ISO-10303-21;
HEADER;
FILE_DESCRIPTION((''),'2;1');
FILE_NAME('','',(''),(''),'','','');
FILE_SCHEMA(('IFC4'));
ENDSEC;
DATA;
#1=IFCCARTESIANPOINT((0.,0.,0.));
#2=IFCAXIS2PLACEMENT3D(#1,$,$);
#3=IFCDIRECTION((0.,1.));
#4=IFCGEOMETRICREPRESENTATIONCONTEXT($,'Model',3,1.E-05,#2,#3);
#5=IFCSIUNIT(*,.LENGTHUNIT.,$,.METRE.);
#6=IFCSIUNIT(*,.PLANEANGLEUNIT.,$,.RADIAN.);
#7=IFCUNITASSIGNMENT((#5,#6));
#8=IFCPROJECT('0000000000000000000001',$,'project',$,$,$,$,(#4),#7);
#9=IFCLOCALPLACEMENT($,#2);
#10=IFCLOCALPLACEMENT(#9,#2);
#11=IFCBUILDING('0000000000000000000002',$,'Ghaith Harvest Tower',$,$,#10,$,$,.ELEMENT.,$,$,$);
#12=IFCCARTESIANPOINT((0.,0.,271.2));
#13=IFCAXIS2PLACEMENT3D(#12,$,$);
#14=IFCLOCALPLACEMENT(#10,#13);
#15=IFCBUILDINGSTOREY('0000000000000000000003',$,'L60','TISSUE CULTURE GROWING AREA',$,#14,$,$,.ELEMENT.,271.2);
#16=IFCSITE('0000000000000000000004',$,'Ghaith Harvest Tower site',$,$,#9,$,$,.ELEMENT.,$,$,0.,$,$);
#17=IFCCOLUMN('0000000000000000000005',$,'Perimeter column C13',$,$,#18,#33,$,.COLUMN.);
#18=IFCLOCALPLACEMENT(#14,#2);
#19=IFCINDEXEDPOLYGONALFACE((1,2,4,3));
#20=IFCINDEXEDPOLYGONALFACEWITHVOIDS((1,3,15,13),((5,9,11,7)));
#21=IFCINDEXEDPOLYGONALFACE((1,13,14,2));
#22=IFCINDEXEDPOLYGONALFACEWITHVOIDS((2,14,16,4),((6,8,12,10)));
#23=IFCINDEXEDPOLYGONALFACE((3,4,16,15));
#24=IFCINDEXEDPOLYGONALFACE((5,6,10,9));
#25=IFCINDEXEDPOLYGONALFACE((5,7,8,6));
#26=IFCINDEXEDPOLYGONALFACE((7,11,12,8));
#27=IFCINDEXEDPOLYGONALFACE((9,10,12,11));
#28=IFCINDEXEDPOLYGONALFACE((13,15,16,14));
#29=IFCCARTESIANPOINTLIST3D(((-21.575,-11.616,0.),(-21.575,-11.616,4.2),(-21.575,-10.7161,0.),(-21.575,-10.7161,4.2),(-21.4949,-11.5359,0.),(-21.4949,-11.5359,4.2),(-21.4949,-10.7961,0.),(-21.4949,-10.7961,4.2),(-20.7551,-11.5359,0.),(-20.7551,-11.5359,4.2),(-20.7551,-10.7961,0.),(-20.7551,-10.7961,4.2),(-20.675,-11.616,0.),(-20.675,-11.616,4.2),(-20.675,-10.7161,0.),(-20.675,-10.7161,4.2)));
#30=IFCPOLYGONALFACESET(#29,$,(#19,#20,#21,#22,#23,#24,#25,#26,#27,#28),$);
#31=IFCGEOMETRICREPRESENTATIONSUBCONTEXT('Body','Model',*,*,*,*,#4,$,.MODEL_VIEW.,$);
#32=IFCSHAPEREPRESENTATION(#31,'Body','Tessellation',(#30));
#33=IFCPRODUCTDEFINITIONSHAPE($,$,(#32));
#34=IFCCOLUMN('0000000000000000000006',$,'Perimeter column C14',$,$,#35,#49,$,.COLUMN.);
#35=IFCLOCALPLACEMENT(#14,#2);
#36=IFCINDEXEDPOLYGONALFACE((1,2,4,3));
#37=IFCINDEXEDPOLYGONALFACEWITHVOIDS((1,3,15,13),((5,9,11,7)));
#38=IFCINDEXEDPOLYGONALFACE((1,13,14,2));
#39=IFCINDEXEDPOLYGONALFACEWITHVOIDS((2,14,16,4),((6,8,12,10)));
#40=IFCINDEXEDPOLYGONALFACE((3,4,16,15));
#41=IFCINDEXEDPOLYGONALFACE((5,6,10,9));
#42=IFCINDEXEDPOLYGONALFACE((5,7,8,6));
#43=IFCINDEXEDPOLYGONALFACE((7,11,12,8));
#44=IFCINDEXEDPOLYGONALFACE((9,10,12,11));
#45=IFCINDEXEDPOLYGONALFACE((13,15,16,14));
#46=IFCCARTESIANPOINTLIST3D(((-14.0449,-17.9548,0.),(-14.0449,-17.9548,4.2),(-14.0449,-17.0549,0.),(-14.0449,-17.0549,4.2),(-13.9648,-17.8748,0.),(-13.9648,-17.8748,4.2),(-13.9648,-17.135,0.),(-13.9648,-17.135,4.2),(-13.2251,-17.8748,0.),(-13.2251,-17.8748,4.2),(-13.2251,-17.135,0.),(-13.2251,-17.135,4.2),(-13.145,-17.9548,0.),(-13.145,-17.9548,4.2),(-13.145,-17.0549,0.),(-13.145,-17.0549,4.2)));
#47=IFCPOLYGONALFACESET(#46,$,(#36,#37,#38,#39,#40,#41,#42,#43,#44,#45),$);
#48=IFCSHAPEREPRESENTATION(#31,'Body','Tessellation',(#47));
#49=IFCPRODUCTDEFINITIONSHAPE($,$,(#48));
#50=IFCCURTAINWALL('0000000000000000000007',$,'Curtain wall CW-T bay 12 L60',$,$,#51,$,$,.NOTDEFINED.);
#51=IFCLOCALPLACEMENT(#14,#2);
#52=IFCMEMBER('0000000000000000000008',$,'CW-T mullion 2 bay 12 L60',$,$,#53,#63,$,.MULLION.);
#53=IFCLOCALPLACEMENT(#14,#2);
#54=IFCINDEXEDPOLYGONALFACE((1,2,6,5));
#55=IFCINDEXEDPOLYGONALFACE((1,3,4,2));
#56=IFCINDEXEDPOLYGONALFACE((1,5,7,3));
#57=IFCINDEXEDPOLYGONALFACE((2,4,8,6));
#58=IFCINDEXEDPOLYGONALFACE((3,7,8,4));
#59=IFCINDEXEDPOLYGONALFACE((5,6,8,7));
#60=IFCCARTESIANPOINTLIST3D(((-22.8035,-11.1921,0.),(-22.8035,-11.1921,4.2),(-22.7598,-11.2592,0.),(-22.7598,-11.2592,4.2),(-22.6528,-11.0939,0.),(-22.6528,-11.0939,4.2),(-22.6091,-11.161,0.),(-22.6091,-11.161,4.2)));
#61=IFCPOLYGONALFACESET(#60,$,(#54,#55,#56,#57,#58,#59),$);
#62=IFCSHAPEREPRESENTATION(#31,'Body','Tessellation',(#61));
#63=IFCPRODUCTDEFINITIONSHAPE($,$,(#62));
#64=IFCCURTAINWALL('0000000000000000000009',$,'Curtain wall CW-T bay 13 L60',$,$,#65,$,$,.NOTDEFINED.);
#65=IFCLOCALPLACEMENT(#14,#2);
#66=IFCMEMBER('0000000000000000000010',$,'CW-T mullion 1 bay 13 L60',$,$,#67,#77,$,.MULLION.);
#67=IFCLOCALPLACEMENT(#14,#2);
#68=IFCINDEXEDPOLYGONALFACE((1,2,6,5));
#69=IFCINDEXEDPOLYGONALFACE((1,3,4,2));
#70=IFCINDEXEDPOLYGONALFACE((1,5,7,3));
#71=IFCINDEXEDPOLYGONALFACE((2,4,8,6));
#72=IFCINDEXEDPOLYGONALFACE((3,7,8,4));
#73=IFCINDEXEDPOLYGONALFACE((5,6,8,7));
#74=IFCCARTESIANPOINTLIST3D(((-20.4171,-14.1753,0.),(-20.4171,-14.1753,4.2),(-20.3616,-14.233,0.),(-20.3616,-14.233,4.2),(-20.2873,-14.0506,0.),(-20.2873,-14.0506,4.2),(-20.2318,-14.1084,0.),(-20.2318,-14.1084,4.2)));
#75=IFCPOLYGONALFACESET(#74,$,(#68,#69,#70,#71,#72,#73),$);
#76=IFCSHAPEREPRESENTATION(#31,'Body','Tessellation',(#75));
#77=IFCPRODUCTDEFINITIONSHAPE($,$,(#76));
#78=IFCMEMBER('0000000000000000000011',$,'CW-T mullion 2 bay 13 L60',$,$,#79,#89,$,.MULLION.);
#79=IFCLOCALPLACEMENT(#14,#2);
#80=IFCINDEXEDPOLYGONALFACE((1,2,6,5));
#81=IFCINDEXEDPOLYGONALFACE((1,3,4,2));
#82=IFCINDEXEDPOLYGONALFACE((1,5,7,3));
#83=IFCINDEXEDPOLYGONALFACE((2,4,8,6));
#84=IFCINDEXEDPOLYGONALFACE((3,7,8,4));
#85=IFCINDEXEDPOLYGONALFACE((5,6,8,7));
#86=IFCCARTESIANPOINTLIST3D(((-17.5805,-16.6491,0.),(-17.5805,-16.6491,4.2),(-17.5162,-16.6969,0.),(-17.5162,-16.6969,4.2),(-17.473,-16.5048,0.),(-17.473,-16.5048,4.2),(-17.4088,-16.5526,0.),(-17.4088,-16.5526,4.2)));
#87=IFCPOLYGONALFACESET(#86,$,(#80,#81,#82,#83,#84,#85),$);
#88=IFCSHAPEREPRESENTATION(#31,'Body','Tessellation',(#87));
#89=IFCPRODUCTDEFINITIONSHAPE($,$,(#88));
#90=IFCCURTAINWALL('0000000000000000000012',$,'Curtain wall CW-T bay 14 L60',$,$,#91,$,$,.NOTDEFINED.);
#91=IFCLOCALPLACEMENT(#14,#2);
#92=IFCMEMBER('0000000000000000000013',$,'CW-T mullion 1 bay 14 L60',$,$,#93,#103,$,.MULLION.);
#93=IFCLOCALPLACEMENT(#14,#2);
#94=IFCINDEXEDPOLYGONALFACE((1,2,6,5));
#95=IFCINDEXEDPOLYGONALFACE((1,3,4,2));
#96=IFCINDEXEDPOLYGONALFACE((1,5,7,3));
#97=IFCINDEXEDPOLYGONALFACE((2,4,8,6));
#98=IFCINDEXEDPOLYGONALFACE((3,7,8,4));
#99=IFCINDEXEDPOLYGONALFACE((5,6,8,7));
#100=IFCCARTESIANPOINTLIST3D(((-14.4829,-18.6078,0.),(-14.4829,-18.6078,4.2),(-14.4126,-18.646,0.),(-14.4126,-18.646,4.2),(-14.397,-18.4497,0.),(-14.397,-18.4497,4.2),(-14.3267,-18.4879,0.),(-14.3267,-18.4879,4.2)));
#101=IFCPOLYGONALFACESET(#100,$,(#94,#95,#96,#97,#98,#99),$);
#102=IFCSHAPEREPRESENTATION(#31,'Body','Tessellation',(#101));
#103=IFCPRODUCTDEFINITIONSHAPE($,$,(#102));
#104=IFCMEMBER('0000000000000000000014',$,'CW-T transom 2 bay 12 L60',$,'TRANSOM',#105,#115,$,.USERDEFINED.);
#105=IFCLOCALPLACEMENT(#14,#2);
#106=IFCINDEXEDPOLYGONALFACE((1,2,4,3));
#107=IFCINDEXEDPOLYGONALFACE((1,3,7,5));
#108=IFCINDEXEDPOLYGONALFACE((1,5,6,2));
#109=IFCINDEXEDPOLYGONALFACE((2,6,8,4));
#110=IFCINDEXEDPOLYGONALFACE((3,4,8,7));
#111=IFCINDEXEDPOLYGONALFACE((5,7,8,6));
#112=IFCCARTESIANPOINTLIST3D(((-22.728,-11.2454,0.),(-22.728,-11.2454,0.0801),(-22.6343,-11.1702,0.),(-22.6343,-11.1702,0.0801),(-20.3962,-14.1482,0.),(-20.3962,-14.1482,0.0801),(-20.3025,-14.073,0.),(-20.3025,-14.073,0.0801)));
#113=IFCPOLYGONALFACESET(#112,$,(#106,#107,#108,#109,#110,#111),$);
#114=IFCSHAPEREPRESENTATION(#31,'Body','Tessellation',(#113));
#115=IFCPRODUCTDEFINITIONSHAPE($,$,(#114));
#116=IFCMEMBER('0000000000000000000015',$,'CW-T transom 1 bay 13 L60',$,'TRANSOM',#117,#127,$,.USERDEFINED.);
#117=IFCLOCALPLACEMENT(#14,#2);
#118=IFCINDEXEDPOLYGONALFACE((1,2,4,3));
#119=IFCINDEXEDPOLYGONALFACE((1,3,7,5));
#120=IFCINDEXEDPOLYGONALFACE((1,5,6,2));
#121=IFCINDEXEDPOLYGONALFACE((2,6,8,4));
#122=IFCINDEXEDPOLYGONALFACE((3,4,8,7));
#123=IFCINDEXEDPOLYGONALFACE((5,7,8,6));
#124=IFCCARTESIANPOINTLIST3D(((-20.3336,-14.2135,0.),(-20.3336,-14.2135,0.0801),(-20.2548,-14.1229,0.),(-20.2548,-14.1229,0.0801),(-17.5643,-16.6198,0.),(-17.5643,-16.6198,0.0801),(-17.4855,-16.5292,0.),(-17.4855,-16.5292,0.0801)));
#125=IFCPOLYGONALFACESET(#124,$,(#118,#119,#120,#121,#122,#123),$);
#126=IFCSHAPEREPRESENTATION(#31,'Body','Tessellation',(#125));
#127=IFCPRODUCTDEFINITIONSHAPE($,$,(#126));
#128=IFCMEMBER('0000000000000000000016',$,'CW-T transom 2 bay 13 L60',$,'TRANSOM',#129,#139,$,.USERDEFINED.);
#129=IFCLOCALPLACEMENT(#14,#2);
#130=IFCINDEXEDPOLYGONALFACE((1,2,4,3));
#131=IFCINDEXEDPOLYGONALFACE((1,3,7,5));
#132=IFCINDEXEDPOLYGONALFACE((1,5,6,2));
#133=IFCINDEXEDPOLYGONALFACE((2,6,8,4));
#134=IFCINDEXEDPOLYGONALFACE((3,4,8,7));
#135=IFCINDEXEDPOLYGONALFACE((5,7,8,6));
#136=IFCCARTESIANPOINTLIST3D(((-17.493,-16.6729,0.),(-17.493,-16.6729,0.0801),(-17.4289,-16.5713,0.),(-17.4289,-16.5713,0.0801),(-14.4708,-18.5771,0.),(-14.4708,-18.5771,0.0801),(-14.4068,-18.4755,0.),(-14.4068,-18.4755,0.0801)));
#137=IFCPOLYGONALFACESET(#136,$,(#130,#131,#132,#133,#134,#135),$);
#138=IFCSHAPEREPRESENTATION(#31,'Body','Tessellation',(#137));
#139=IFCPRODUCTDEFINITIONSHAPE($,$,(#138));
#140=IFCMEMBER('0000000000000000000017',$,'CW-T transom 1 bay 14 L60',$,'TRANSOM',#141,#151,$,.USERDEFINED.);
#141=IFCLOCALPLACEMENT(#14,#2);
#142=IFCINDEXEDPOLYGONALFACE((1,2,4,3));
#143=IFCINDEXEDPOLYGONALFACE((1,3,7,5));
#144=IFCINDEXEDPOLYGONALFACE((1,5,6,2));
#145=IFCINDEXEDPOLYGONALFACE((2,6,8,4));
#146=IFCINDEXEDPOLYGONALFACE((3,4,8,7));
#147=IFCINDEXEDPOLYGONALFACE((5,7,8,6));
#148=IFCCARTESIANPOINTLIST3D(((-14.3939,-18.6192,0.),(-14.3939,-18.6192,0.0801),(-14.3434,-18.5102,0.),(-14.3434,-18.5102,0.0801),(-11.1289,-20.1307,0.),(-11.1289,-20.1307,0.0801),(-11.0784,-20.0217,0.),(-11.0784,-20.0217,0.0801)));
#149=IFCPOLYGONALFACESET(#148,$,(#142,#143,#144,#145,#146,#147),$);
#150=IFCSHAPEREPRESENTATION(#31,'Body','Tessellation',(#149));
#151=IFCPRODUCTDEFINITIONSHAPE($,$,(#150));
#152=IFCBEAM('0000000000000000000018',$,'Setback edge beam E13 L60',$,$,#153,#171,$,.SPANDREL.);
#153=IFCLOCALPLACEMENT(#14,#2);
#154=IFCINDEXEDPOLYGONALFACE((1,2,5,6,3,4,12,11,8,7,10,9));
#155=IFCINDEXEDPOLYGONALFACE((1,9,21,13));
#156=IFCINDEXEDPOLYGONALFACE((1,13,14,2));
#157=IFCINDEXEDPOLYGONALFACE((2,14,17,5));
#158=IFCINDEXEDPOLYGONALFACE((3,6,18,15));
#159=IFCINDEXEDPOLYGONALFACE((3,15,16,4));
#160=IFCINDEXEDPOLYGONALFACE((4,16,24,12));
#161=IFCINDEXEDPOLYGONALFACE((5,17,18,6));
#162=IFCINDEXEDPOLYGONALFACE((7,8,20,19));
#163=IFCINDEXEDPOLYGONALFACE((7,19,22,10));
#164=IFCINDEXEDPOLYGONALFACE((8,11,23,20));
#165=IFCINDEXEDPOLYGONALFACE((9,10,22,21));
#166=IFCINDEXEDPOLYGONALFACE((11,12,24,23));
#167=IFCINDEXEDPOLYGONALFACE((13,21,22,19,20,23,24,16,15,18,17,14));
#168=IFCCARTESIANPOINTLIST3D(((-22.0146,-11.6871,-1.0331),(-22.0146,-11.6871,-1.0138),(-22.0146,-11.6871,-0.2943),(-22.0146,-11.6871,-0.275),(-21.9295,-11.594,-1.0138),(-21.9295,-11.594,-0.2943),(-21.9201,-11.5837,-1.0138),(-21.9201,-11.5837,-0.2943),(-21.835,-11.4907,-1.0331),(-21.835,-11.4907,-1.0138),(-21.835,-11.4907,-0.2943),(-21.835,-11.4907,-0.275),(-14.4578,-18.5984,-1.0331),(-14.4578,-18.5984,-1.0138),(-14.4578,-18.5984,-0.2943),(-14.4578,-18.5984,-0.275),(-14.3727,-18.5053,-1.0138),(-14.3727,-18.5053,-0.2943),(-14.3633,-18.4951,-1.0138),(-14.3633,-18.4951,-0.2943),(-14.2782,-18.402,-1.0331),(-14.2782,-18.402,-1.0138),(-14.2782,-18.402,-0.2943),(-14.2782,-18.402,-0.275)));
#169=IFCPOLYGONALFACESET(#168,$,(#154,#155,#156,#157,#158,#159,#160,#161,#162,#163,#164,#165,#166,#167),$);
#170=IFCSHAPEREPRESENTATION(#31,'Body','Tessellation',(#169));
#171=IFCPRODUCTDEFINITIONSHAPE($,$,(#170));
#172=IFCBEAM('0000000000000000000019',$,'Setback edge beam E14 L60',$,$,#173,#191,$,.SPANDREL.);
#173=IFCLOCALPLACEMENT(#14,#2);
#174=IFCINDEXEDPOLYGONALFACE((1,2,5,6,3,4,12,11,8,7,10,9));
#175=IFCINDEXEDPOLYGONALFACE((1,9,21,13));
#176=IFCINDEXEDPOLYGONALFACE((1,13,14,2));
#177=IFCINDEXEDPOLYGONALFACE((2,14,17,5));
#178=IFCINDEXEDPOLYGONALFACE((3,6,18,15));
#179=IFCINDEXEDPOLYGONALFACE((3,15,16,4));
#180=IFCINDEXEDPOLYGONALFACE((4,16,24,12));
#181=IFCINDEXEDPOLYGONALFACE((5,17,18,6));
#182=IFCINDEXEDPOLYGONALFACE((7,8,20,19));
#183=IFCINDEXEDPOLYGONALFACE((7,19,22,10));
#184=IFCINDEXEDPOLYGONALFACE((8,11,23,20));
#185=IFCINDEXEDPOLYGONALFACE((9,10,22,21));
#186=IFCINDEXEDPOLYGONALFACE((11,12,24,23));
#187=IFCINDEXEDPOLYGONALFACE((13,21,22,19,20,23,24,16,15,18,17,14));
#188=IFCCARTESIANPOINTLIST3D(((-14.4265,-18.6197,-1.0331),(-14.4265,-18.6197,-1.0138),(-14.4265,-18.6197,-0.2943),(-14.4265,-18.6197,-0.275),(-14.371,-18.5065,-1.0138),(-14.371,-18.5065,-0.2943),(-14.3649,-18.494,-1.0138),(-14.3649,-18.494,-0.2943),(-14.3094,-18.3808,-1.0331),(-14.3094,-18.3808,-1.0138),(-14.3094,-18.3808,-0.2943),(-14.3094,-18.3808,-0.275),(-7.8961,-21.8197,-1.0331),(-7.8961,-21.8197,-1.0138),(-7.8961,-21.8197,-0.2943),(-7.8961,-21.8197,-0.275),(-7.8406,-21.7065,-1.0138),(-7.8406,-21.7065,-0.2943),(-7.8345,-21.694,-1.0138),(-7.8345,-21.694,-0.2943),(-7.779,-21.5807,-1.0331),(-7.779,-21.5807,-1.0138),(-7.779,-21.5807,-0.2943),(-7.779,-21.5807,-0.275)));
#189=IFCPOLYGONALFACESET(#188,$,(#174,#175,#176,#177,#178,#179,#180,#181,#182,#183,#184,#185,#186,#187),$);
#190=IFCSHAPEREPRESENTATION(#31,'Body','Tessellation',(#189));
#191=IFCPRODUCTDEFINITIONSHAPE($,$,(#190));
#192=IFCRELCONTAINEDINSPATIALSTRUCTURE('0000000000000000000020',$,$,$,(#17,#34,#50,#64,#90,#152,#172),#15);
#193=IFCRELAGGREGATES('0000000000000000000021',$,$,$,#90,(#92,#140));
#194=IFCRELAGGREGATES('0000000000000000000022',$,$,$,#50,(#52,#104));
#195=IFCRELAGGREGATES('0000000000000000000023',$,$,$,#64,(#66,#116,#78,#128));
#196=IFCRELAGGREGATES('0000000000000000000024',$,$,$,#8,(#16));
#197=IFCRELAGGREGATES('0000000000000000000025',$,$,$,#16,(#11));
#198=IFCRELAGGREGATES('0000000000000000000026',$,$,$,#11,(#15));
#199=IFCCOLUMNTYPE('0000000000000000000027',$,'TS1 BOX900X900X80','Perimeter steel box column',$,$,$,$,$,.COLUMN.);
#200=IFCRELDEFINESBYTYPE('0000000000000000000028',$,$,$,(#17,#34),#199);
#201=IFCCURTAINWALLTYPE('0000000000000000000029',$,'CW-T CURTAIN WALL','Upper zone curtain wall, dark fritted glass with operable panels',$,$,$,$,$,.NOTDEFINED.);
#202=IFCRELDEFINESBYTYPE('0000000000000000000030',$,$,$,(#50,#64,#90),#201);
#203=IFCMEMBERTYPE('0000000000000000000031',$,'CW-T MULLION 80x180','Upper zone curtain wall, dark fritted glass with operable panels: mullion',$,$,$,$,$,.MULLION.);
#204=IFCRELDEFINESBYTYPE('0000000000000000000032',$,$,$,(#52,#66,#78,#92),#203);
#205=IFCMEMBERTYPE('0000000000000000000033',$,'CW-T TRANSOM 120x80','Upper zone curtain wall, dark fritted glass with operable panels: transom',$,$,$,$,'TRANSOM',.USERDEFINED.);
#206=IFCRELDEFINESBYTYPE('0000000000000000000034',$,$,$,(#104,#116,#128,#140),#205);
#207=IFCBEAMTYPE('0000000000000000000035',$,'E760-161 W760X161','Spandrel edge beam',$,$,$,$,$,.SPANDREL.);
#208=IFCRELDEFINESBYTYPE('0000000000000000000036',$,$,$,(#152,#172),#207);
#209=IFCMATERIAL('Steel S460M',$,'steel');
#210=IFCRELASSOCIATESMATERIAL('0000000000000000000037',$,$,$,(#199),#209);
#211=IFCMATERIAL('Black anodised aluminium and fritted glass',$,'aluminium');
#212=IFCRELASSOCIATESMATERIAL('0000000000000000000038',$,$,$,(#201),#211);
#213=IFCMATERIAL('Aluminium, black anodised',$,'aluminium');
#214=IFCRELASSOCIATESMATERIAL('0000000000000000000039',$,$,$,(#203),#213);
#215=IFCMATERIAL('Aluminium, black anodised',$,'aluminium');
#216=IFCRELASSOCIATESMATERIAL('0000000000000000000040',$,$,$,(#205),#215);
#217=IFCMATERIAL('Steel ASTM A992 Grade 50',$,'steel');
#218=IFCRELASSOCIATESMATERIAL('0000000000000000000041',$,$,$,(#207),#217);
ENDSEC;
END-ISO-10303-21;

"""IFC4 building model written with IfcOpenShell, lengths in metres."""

from ifc_helpers import new_model, si_unit, direction, frame, origin, origin_2d, place, context, subcontext, project, spatial, rectangle, hollow_rectangle, i_section, extrude, material, material_profile, profile_set, type_object, element, aggregate, save


model = new_model("IFC4")

# Units and contexts
model_context = context("Model", 3, precision=1e-05, world=origin(), true_north=direction((0.0, 1.0)))
body_context = subcontext(model_context, "Body", "Model", "MODEL_VIEW")
ifc_project = project(units=[si_unit("LENGTHUNIT", "METRE"), si_unit("PLANEANGLEUNIT", "RADIAN")], contexts=[model_context])

# Site, building, storey
site_placement = place(None, origin())
site = spatial("IfcSite", under=ifc_project, at=site_placement, Name="Ghaith Harvest Tower site", CompositionType="ELEMENT", RefElevation=0.0)
building_placement = place(site_placement, origin())
building = spatial("IfcBuilding", under=site, at=building_placement, Name="Ghaith Harvest Tower", CompositionType="ELEMENT")
storey_placement = place(building_placement, frame((0.0, 0.0, 271.2)))
storey = spatial("IfcBuildingStorey", under=building, at=storey_placement, Name="L60", Description="TISSUE CULTURE GROWING AREA", CompositionType="ELEMENT", Elevation=271.2)

# Columns
ifc_material_1 = material(Name="Steel S460M", Category="steel")
ifc_material_profile_1 = material_profile(ifc_material_1, hollow_rectangle(XDim=0.8999, YDim=0.8999, WallThickness=0.0801, at=origin_2d()), Name="BOX900X900X80")
ifc_profile_set_1 = profile_set([ifc_material_profile_1], Name="Steel S460M")
column_type = type_object("IfcColumnType", Name="TS1 BOX900X900X80", Description="Perimeter steel box column", PredefinedType="COLUMN", material=ifc_profile_set_1)
for number, where, z_axis, x_axis, name in (
    (1, (-21.125, -11.166, 0.0), (0.0, 0.0, 1.0), (1.0, 0.0, 0.0), "Perimeter column C13"),
    (2, (-13.595, -17.5049, 0.0), (0.0, 0.0, 1.0), (1.0, 0.0, 0.0), "Perimeter column C14"),
):
    element("IfcColumn", number, at=place(storey_placement, frame(where, z_axis=z_axis, x_axis=x_axis)), inside=storey, type_object=column_type, Name=name, PredefinedType="COLUMN", context=body_context, shape_type="SweptSolid", body=[
        extrude(hollow_rectangle(XDim=0.8999, YDim=0.8999, WallThickness=0.0801, at=origin_2d()), origin(), (0.0, 0.0, 1.0), 4.2),
    ])

# Curtain wall, member
ifc_material_2 = material(Name="Black anodised aluminium and fritted glass", Category="aluminium")
curtain_wall_type = type_object("IfcCurtainWallType", Name="CW-T CURTAIN WALL", Description="Upper zone curtain wall, dark fritted glass with operable panels", PredefinedType="NOTDEFINED", material=ifc_material_2)
curtain_wall_1_placement = place(storey_placement, origin())
curtain_wall_1 = element("IfcCurtainWall", 3, at=curtain_wall_1_placement, inside=storey, type_object=curtain_wall_type, Name="Curtain wall CW-T bay 12 L60", PredefinedType="NOTDEFINED")
ifc_material_3 = material(Name="Aluminium, black anodised", Category="aluminium")
ifc_material_profile_2 = material_profile(ifc_material_3, rectangle(XDim=0.0801, YDim=0.1799, at=origin_2d()), Name="CW-T MULLION 80x180")
ifc_profile_set_2 = profile_set([ifc_material_profile_2], Name="Aluminium, black anodised")
member_type_1 = type_object("IfcMemberType", Name="CW-T MULLION 80x180", Description="Upper zone curtain wall, dark fritted glass with operable panels: mullion", PredefinedType="MULLION", material=ifc_profile_set_2)
member_1_placement = place(storey_placement, frame((-22.7063, -11.1765, 0.0), z_axis=(0.0, 0.0, 1.0), x_axis=(0.545865, -0.837873, 0.0)))
member_1 = element("IfcMember", 4, at=member_1_placement, type_object=member_type_1, Name="CW-T mullion 2 bay 12 L60", PredefinedType="MULLION", context=body_context, shape_type="SweptSolid", body=[
    extrude(rectangle(XDim=0.0801, YDim=0.1799, at=origin_2d()), origin(), (0.0, 0.0, 1.0), 4.2),
])

# Curtain wall, members
curtain_wall_2_placement = place(storey_placement, origin())
curtain_wall_2 = element("IfcCurtainWall", 5, at=curtain_wall_2_placement, inside=storey, type_object=curtain_wall_type, Name="Curtain wall CW-T bay 13 L60", PredefinedType="NOTDEFINED")
member_2_placement = place(storey_placement, frame((-20.3245, -14.1418, 0.0), z_axis=(0.0, 0.0, 1.0), x_axis=(0.692826, -0.721104, 0.0)))
member_2 = element("IfcMember", 6, at=member_2_placement, type_object=member_type_1, Name="CW-T mullion 1 bay 13 L60", PredefinedType="MULLION", context=body_context, shape_type="SweptSolid", body=[
    extrude(rectangle(XDim=0.0801, YDim=0.1799, at=origin_2d()), origin(), (0.0, 0.0, 1.0), 4.2),
])
member_3_placement = place(storey_placement, frame((-17.4946, -16.6008, 0.0), z_axis=(0.0, 0.0, 1.0), x_axis=(0.80219, -0.597069, 0.0)))
member_3 = element("IfcMember", 7, at=member_3_placement, type_object=member_type_1, Name="CW-T mullion 2 bay 13 L60", PredefinedType="MULLION", context=body_context, shape_type="SweptSolid", body=[
    extrude(rectangle(XDim=0.0801, YDim=0.1799, at=origin_2d()), origin(), (0.0, 0.0, 1.0), 4.2),
])

# Curtain wall, member
curtain_wall_3_placement = place(storey_placement, origin())
curtain_wall_3 = element("IfcCurtainWall", 8, at=curtain_wall_3_placement, inside=storey, type_object=curtain_wall_type, Name="Curtain wall CW-T bay 14 L60", PredefinedType="NOTDEFINED")
member_4_placement = place(storey_placement, frame((-14.4048, -18.5479, 0.0), z_axis=(0.0, 0.0, 1.0), x_axis=(0.878672, -0.477426, 0.0)))
member_4 = element("IfcMember", 9, at=member_4_placement, type_object=member_type_1, Name="CW-T mullion 1 bay 14 L60", PredefinedType="MULLION", context=body_context, shape_type="SweptSolid", body=[
    extrude(rectangle(XDim=0.0801, YDim=0.1799, at=origin_2d()), origin(), (0.0, 0.0, 1.0), 4.2),
])

# Members
ifc_material_4 = material(Name="Aluminium, black anodised", Category="aluminium")
ifc_material_profile_3 = material_profile(ifc_material_4, rectangle(XDim=0.1201, YDim=0.0801, at=origin_2d()), Name="CW-T TRANSOM 120x80")
ifc_profile_set_3 = profile_set([ifc_material_profile_3], Name="Aluminium, black anodised")
member_type_2 = type_object("IfcMemberType", Name="CW-T TRANSOM 120x80", Description="Upper zone curtain wall, dark fritted glass with operable panels: transom", ElementType="TRANSOM", PredefinedType="USERDEFINED", material=ifc_profile_set_3)
member_5_placement = place(storey_placement, frame((-22.6812, -11.2078, 0.04), z_axis=(0.626253, -0.77962, 0.0), x_axis=(0.77962, 0.626253, 0.0)))
member_5 = element("IfcMember", 10, at=member_5_placement, type_object=member_type_2, Name="CW-T transom 2 bay 12 L60", ObjectType="TRANSOM", PredefinedType="USERDEFINED", context=body_context, shape_type="SweptSolid", body=[
    extrude(rectangle(XDim=0.1201, YDim=0.0801, at=origin_2d()), origin(), (0.0, 0.0, 1.0), 3.7234),
])
member_6_placement = place(storey_placement, frame((-20.2942, -14.1682, 0.04), z_axis=(0.754852, -0.655895, 0.0), x_axis=(0.655895, 0.754852, 0.0)))
member_6 = element("IfcMember", 11, at=member_6_placement, type_object=member_type_2, Name="CW-T transom 1 bay 13 L60", ObjectType="TRANSOM", PredefinedType="USERDEFINED", context=body_context, shape_type="SweptSolid", body=[
    extrude(rectangle(XDim=0.1201, YDim=0.0801, at=origin_2d()), origin(), (0.0, 0.0, 1.0), 3.6687),
])
member_7_placement = place(storey_placement, frame((-17.4609, -16.6221, 0.04), z_axis=(0.846054, -0.533098, 0.0), x_axis=(0.533098, 0.846054, 0.0)))
member_7 = element("IfcMember", 12, at=member_7_placement, type_object=member_type_2, Name="CW-T transom 2 bay 13 L60", ObjectType="TRANSOM", PredefinedType="USERDEFINED", context=body_context, shape_type="SweptSolid", body=[
    extrude(rectangle(XDim=0.1201, YDim=0.0801, at=origin_2d()), origin(), (0.0, 0.0, 1.0), 3.572),
])
member_8_placement = place(storey_placement, frame((-14.3687, -18.5647, 0.04), z_axis=(0.907472, -0.420112, 0.0), x_axis=(0.420112, 0.907472, 0.0)))
member_8 = element("IfcMember", 13, at=member_8_placement, type_object=member_type_2, Name="CW-T transom 1 bay 14 L60", ObjectType="TRANSOM", PredefinedType="USERDEFINED", context=body_context, shape_type="SweptSolid", body=[
    extrude(rectangle(XDim=0.1201, YDim=0.0801, at=origin_2d()), origin(), (0.0, 0.0, 1.0), 3.5979),
])
aggregate(curtain_wall_3, [member_4, member_8])

# Beams
ifc_material_5 = material(Name="Steel ASTM A992 Grade 50", Category="steel")
ifc_material_profile_4 = material_profile(ifc_material_5, i_section(OverallWidth=0.2661, OverallDepth=0.7581, WebThickness=0.0139, FlangeThickness=0.0193, at=origin_2d()), Name="W760X161")
ifc_profile_set_4 = profile_set([ifc_material_profile_4], Name="Steel ASTM A992 Grade 50")
beam_type_1 = type_object("IfcBeamType", Name="E760-161 W760X161", Description="Spandrel edge beam", PredefinedType="SPANDREL", material=ifc_profile_set_4)
beam_1_placement = place(storey_placement, frame((-21.9248, -11.5889, -0.6541), z_axis=(0.737921, -0.674888, 0.0), x_axis=(0.674888, 0.737921, 0.0)))
element("IfcBeam", 14, at=beam_1_placement, inside=storey, type_object=beam_type_1, Name="Setback edge beam E13 L60", PredefinedType="SPANDREL", context=body_context, shape_type="SweptSolid", body=[
    extrude(i_section(OverallWidth=0.2661, OverallDepth=0.7581, WebThickness=0.0139, FlangeThickness=0.0193, at=origin_2d()), origin(), (0.0, 0.0, 1.0), 10.2407),
])
beam_2_placement = place(storey_placement, frame((-14.3679, -18.5002, -0.6541), z_axis=(0.897984, -0.440028, 0.0), x_axis=(0.440028, 0.897984, 0.0)))
element("IfcBeam", 15, at=beam_2_placement, inside=storey, type_object=beam_type_1, Name="Setback edge beam E14 L60", PredefinedType="SPANDREL", context=body_context, shape_type="SweptSolid", body=[
    extrude(i_section(OverallWidth=0.2661, OverallDepth=0.7581, WebThickness=0.0139, FlangeThickness=0.0193, at=origin_2d()), origin(), (0.0, 0.0, 1.0), 7.2722),
])

aggregate(curtain_wall_1, [member_1, member_5])
aggregate(curtain_wall_2, [member_2, member_6, member_3, member_7])

save(model, "model.ifc")
